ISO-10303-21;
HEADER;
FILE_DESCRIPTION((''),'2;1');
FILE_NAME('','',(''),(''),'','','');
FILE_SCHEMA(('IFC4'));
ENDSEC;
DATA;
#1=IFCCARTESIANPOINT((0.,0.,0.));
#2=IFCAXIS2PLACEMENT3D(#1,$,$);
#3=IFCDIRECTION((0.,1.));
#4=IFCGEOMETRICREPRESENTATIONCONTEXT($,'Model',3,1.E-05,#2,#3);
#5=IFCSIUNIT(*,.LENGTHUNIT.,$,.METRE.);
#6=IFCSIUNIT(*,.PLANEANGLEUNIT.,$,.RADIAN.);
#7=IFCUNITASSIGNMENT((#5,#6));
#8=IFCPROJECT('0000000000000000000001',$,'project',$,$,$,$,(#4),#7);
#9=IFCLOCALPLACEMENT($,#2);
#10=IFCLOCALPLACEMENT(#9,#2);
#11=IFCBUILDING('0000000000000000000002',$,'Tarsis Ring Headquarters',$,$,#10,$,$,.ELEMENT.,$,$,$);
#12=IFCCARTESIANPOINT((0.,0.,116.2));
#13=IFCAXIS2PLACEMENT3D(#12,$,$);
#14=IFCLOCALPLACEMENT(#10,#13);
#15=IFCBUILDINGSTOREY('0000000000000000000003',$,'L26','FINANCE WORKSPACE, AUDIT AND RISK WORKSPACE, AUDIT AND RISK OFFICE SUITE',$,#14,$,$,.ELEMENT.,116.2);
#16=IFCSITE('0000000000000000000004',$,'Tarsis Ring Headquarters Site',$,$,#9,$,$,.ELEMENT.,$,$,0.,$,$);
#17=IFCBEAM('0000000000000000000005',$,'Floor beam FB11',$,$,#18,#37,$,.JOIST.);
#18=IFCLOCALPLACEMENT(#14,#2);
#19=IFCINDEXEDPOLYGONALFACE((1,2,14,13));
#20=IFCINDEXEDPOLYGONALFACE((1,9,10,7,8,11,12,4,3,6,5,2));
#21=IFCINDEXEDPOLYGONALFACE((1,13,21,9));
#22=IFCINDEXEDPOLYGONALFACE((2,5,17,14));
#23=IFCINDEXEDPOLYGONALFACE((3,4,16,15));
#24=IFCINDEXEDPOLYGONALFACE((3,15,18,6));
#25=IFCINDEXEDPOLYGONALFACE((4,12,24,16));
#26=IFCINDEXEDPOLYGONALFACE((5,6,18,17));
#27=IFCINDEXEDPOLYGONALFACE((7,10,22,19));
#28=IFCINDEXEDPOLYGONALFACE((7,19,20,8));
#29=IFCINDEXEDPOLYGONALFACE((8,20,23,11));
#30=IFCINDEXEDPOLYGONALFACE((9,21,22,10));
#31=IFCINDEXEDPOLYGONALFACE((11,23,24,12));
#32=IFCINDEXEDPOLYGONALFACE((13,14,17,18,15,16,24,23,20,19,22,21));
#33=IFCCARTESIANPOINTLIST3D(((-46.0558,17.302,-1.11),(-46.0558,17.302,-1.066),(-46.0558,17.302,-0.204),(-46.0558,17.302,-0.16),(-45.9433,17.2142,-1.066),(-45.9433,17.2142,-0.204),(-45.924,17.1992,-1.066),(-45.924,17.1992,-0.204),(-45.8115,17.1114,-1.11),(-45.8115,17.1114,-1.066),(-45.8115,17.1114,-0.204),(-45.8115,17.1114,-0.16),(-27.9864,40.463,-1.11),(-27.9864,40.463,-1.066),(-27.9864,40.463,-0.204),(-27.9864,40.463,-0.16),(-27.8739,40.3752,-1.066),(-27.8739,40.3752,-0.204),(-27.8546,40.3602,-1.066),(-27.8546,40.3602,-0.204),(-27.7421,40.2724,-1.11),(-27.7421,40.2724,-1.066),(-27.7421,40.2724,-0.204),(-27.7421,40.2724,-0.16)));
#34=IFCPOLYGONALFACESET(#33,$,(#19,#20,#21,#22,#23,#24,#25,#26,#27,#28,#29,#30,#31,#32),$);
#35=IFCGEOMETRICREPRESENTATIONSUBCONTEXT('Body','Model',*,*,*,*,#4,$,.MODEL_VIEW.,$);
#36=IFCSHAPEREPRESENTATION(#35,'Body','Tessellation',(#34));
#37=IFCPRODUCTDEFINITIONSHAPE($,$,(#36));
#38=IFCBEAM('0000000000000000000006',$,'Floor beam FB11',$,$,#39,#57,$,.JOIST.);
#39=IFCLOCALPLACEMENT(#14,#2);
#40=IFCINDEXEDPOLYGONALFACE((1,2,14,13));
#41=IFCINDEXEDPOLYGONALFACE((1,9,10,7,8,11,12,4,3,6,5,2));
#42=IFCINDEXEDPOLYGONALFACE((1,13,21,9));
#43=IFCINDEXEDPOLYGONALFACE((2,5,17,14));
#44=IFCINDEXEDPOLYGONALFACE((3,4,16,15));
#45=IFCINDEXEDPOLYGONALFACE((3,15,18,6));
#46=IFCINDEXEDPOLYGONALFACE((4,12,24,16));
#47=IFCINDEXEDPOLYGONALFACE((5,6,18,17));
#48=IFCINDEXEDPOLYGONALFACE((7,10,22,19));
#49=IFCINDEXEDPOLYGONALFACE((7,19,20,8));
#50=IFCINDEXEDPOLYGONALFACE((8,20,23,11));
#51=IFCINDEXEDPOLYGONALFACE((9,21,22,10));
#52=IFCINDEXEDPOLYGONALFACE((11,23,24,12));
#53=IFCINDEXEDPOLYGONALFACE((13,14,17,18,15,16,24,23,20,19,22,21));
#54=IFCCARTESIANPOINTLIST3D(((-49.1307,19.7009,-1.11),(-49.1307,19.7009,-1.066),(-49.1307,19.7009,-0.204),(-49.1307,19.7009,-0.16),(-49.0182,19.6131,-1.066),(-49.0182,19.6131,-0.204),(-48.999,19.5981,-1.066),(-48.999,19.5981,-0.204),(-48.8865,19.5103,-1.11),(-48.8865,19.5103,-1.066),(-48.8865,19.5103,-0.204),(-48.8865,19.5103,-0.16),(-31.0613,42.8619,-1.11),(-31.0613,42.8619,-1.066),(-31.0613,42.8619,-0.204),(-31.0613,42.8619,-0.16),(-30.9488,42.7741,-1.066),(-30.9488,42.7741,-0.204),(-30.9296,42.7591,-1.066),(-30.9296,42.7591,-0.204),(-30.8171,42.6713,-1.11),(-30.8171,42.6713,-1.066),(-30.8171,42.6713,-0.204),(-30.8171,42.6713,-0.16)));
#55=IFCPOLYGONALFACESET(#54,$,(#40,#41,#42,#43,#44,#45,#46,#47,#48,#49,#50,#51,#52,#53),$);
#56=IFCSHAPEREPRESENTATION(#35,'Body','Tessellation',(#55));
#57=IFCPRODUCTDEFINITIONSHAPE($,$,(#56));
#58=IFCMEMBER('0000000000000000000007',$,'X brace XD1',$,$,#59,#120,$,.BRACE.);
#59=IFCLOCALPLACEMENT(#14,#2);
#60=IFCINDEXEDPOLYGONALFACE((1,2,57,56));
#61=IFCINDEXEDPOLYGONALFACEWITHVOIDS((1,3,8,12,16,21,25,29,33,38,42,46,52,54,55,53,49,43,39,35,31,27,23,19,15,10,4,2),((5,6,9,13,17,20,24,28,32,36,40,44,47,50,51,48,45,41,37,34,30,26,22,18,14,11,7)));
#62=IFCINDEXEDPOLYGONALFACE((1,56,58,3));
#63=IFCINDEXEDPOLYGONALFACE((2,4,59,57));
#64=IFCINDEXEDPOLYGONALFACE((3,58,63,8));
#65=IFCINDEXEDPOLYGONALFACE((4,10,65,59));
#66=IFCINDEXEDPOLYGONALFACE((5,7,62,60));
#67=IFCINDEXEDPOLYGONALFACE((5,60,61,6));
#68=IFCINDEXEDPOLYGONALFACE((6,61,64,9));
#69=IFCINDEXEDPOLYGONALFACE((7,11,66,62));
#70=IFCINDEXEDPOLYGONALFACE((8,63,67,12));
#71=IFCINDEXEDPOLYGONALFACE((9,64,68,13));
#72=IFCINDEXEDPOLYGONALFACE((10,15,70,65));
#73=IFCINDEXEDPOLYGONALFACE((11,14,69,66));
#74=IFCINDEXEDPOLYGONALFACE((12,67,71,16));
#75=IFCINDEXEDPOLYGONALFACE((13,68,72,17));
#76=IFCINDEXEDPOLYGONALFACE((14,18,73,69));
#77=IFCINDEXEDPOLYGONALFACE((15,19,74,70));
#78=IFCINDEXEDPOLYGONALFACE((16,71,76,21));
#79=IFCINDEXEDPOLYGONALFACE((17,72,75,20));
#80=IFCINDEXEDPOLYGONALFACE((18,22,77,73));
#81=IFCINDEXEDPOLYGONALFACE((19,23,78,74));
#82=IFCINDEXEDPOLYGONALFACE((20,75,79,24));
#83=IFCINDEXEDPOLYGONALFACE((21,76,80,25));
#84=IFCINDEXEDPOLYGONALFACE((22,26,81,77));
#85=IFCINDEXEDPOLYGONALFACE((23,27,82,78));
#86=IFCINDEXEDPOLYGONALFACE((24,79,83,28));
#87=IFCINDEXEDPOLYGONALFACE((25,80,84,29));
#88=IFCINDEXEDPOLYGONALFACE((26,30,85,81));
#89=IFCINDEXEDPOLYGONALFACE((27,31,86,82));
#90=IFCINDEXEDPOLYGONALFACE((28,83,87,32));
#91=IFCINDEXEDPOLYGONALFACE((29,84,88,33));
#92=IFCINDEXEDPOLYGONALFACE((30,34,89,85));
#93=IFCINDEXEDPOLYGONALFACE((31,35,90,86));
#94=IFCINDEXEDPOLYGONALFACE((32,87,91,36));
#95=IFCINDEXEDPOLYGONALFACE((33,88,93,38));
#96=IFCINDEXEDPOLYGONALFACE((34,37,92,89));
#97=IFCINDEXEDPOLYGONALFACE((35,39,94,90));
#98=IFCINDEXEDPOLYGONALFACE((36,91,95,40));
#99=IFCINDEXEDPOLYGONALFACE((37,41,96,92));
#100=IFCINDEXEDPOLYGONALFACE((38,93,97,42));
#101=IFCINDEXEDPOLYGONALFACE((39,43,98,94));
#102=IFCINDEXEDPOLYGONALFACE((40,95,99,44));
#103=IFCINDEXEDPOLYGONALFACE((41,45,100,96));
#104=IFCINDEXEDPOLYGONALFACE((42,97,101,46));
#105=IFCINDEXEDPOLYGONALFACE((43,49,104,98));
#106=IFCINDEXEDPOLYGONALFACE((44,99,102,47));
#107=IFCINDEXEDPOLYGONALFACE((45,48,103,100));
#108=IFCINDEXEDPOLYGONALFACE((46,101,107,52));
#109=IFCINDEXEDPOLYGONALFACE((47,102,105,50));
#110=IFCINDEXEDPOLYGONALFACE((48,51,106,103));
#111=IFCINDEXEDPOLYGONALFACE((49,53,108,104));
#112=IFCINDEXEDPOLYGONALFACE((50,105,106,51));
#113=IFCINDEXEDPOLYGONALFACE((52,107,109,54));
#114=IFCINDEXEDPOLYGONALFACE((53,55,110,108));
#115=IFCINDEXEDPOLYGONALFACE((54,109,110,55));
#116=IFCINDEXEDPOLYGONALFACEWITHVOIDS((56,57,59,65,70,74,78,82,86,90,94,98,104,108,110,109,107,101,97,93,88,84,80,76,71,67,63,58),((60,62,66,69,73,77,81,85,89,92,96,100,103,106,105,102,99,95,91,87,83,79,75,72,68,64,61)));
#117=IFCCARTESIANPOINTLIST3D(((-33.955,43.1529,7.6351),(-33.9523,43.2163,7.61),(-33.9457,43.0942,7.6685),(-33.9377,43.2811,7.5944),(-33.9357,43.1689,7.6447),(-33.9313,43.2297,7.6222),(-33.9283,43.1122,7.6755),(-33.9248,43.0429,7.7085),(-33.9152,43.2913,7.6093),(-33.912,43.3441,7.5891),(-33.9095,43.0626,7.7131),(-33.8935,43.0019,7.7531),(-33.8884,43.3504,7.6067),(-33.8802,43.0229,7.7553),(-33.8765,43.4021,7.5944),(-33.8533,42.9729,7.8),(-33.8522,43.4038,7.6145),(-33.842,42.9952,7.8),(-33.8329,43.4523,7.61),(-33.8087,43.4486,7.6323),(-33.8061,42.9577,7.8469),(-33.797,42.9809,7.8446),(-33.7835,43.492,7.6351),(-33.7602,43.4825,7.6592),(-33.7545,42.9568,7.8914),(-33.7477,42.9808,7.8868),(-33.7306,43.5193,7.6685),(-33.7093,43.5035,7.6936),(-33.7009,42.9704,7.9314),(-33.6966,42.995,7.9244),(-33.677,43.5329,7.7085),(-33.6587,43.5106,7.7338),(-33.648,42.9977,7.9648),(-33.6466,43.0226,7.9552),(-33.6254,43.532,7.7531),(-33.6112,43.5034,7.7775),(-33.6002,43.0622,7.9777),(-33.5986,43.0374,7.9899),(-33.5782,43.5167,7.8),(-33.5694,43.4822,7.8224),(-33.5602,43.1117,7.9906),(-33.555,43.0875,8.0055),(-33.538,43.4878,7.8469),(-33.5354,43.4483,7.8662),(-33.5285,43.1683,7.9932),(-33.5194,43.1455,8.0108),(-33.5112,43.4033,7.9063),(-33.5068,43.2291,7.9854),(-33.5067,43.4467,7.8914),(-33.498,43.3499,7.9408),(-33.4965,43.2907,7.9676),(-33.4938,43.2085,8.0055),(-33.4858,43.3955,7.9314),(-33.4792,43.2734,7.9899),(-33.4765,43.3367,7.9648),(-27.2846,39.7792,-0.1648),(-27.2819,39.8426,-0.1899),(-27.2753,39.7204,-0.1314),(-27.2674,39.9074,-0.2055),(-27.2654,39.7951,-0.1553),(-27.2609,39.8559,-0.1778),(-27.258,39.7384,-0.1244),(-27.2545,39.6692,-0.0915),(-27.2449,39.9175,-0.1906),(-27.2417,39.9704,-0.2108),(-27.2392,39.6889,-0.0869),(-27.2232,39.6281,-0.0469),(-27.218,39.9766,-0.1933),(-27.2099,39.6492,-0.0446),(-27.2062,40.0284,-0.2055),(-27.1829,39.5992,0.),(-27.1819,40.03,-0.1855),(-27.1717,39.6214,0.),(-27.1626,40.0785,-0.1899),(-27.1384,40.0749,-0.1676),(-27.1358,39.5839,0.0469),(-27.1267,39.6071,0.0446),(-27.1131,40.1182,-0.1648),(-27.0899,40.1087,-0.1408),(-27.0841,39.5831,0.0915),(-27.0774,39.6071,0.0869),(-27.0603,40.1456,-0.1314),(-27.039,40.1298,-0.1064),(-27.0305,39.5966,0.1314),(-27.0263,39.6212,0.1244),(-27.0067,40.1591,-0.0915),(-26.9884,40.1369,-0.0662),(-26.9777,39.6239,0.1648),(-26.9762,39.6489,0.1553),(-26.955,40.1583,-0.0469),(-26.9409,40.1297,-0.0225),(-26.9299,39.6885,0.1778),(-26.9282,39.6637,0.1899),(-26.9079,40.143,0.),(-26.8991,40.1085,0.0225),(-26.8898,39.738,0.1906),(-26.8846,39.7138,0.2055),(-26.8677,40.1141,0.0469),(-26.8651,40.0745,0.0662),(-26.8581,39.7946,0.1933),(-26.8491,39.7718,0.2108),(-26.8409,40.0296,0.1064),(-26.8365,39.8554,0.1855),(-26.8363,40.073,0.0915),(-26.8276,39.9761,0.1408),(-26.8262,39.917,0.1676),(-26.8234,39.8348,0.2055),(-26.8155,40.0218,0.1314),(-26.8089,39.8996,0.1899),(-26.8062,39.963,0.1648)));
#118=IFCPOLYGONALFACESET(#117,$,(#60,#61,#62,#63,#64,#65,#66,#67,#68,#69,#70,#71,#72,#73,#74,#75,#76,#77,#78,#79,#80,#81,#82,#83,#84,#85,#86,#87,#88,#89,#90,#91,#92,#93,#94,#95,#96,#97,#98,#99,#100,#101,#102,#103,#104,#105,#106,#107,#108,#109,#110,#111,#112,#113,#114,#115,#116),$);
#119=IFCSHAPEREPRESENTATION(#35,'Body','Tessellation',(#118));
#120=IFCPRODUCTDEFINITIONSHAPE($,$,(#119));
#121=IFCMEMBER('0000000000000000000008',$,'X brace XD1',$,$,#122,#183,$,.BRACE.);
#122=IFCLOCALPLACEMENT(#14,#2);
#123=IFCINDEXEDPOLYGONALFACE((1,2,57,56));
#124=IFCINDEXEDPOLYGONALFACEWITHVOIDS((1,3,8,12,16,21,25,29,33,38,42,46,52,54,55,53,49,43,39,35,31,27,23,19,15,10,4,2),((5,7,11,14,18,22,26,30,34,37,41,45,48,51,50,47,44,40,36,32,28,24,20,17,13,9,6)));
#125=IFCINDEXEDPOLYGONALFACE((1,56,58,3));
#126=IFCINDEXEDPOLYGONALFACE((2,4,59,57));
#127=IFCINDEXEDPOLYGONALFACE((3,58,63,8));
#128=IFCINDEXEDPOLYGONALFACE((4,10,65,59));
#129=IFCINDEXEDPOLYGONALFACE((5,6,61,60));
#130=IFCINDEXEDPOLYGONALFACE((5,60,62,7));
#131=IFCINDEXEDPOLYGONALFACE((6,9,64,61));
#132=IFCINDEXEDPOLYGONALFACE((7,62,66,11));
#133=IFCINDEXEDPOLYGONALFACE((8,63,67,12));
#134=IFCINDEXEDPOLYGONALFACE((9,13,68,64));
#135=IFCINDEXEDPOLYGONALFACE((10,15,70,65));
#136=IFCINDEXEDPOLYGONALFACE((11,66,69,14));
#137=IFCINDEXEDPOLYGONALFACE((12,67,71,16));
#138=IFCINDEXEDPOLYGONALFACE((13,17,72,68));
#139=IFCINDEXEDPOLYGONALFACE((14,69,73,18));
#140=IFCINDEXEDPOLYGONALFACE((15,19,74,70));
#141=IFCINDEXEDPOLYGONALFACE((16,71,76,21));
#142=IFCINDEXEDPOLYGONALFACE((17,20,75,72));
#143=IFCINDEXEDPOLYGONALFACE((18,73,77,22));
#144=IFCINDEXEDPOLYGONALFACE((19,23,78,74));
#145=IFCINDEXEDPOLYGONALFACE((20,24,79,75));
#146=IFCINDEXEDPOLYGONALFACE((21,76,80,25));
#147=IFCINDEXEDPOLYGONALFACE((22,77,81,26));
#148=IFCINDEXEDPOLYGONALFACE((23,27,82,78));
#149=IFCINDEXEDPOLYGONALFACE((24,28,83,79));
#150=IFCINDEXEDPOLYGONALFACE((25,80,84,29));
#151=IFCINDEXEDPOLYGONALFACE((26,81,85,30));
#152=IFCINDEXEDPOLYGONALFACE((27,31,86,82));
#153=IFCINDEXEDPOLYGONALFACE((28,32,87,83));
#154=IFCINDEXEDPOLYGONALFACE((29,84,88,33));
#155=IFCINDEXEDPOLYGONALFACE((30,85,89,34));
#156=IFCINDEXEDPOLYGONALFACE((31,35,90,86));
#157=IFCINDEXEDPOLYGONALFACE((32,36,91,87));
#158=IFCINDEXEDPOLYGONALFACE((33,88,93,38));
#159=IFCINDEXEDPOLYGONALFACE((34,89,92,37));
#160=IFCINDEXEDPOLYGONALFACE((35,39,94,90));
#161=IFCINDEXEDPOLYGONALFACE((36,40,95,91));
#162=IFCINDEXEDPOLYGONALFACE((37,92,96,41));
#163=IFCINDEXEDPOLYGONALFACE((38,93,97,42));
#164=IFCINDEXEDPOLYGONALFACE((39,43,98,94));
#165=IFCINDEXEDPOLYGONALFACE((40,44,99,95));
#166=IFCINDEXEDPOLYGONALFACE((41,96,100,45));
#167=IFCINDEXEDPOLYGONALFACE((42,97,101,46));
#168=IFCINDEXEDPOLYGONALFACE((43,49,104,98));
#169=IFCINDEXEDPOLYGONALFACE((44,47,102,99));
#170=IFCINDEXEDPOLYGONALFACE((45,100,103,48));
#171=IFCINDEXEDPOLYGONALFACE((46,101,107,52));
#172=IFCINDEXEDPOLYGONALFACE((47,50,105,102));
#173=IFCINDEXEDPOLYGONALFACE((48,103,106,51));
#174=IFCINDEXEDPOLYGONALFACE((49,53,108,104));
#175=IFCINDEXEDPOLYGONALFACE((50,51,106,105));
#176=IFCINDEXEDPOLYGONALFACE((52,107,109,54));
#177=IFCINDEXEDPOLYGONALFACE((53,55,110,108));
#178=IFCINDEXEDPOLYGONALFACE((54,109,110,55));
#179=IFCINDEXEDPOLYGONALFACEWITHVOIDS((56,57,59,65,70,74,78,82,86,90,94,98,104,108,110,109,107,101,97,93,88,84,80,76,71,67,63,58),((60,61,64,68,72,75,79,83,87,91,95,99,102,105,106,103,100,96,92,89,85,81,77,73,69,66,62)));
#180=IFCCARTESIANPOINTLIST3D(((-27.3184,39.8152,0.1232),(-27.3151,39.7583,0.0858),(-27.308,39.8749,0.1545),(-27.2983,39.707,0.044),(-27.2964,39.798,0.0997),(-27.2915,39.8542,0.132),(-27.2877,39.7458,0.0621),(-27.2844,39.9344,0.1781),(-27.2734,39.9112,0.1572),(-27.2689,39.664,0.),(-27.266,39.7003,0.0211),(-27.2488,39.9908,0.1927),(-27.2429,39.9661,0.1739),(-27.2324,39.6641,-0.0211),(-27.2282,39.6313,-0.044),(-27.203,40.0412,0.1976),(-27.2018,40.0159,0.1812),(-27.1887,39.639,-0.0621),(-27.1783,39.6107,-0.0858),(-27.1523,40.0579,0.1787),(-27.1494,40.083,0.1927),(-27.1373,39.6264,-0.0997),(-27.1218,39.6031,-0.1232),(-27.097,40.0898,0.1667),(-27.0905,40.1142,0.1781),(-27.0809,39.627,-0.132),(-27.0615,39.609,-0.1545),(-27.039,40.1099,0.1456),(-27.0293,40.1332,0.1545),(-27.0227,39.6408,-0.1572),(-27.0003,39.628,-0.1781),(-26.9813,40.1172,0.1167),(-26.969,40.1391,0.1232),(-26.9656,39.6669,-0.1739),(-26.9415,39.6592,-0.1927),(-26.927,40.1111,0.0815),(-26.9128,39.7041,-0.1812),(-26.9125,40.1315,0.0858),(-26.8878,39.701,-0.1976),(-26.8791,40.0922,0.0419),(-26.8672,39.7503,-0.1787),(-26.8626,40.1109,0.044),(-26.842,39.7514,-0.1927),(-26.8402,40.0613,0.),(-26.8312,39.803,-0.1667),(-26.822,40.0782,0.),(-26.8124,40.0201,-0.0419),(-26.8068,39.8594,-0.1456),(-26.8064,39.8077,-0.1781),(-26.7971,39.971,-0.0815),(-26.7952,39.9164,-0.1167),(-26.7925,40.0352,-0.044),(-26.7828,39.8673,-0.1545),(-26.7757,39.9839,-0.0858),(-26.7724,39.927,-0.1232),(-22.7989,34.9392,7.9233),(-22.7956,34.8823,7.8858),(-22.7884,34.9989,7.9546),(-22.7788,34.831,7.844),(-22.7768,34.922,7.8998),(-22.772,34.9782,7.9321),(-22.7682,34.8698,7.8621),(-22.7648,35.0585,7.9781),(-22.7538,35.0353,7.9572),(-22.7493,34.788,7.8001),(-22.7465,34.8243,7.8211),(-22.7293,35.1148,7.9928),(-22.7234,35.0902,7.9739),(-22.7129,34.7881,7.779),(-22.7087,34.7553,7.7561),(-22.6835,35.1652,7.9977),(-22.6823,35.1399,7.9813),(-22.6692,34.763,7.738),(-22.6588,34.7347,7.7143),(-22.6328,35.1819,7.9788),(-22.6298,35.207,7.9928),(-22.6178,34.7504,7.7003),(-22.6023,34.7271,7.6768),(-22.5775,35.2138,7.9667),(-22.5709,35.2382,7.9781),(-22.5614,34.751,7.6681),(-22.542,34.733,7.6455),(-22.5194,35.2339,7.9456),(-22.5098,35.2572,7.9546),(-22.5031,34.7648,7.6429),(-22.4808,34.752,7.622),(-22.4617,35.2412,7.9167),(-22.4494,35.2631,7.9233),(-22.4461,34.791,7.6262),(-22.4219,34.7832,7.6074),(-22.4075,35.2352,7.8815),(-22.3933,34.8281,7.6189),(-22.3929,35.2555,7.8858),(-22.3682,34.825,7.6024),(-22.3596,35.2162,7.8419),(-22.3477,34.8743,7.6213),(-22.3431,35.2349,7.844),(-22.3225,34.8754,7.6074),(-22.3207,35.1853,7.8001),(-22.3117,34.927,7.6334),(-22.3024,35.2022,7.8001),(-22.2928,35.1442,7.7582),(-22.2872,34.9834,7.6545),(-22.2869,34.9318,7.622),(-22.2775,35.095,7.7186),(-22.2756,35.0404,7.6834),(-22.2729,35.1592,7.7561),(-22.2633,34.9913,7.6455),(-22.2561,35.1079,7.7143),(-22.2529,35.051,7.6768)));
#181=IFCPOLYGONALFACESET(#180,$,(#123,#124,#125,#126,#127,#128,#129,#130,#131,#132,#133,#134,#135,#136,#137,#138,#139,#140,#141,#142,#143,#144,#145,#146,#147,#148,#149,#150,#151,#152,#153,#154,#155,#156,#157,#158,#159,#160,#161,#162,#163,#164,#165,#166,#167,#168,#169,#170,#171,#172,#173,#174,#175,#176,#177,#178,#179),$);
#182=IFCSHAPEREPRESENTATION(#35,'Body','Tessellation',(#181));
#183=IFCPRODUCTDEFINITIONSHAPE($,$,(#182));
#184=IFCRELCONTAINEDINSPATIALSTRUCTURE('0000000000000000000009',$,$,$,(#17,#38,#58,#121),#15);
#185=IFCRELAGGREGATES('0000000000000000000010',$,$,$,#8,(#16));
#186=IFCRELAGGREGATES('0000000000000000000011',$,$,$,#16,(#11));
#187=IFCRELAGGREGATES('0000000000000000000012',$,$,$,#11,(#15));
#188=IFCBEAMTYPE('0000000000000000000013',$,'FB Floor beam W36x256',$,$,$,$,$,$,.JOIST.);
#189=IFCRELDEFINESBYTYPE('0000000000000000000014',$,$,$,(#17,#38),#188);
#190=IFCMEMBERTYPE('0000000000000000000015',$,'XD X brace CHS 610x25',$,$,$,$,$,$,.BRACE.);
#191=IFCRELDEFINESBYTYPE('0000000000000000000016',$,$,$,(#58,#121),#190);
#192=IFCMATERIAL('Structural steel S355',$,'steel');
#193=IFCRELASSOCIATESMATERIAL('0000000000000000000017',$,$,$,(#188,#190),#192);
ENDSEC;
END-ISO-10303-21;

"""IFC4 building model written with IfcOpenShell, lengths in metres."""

from ifc_helpers import new_model, si_unit, direction, frame, origin, origin_2d, place, context, subcontext, project, spatial, hollow_circle, i_section, extrude, material, material_profile, profile_set, type_object, element, save


model = new_model("IFC4")

# Units and contexts
model_context = context("Model", 3, precision=1e-05, world=origin(), true_north=direction((0.0, 1.0)))
body_context = subcontext(model_context, "Body", "Model", "MODEL_VIEW")
ifc_project = project(units=[si_unit("LENGTHUNIT", "METRE"), si_unit("PLANEANGLEUNIT", "RADIAN")], contexts=[model_context])

# Site, building, storey
site_placement = place(None, origin())
site = spatial("IfcSite", under=ifc_project, at=site_placement, Name="Tarsis Ring Headquarters Site", CompositionType="ELEMENT", RefElevation=0.0)
building_placement = place(site_placement, origin())
building = spatial("IfcBuilding", under=site, at=building_placement, Name="Tarsis Ring Headquarters", CompositionType="ELEMENT")
storey_placement = place(building_placement, frame((0.0, 0.0, 116.2)))
storey = spatial("IfcBuildingStorey", under=building, at=storey_placement, Name="L26", Description="FINANCE WORKSPACE, AUDIT AND RISK WORKSPACE, AUDIT AND RISK OFFICE SUITE", CompositionType="ELEMENT", Elevation=116.2)

# Shared definitions
ifc_material_1 = material(Name="Structural steel S355", Category="steel")

# Beams
ifc_material_profile_1 = material_profile(ifc_material_1, i_section(OverallWidth=0.3098, OverallDepth=0.95, WebThickness=0.0244, FlangeThickness=0.0439, at=origin_2d()), Name="W36x256")
ifc_profile_set_1 = profile_set([ifc_material_profile_1], Name="Structural steel S355")
beam_type_1 = type_object("IfcBeamType", Name="FB Floor beam W36x256", PredefinedType="JOIST", material=ifc_profile_set_1)
for number, where, z_axis, x_axis, name in (
    (1, (-27.8643, 40.3677, -0.635), (-0.615113, -0.788439, 0.0), (0.788439, -0.615113, 0.0), "Floor beam FB11"),
    (2, (-30.9392, 42.7666, -0.635), (-0.615113, -0.788439, 0.0), (0.788439, -0.615113, 0.0), "Floor beam FB11"),
):
    element("IfcBeam", number, at=place(storey_placement, frame(where, z_axis=z_axis, x_axis=x_axis)), inside=storey, type_object=beam_type_1, Name=name, PredefinedType="JOIST", context=body_context, shape_type="SweptSolid", body=[
        extrude(i_section(OverallWidth=0.3098, OverallDepth=0.95, WebThickness=0.0244, FlangeThickness=0.0439, at=origin_2d()), origin(), (0.0, 0.0, 1.0), 29.3757),
    ])

# Members
ifc_material_profile_2 = material_profile(ifc_material_1, hollow_circle(Radius=0.3047, WallThickness=0.0249, at=origin_2d()), Name="CHS 610x25")
ifc_profile_set_2 = profile_set([ifc_material_profile_2], Name="Structural steel S355")
member_type = type_object("IfcMemberType", Name="XD X brace CHS 610x25", PredefinedType="BRACE", material=ifc_profile_set_2)
member_1_placement = place(storey_placement, frame((-27.0454, 39.8711, 0.0), z_axis=(-0.617425, 0.312283, 0.721987), x_axis=(-0.451337, -0.892354, 0.0)))
element("IfcMember", 3, at=member_1_placement, inside=storey, type_object=member_type, Name="X brace XD1", PredefinedType="BRACE", context=body_context, shape_type="SweptSolid", body=[
    extrude(hollow_circle(Radius=0.3047, WallThickness=0.0249, at=origin_2d()), origin(), (0.0, 0.0, 1.0), 10.8035),
])
member_2_placement = place(storey_placement, frame((-27.0454, 39.8711, 0.0), z_axis=(0.440973, -0.475751, 0.761054), x_axis=(0.733405, 0.679792, 0.0)))
element("IfcMember", 4, at=member_2_placement, inside=storey, type_object=member_type, Name="X brace XD1", PredefinedType="BRACE", context=body_context, shape_type="SweptSolid", body=[
    extrude(hollow_circle(Radius=0.3047, WallThickness=0.0249, at=origin_2d()), origin(), (0.0, 0.0, 1.0), 10.249),
])

save(model, "model.ifc")
